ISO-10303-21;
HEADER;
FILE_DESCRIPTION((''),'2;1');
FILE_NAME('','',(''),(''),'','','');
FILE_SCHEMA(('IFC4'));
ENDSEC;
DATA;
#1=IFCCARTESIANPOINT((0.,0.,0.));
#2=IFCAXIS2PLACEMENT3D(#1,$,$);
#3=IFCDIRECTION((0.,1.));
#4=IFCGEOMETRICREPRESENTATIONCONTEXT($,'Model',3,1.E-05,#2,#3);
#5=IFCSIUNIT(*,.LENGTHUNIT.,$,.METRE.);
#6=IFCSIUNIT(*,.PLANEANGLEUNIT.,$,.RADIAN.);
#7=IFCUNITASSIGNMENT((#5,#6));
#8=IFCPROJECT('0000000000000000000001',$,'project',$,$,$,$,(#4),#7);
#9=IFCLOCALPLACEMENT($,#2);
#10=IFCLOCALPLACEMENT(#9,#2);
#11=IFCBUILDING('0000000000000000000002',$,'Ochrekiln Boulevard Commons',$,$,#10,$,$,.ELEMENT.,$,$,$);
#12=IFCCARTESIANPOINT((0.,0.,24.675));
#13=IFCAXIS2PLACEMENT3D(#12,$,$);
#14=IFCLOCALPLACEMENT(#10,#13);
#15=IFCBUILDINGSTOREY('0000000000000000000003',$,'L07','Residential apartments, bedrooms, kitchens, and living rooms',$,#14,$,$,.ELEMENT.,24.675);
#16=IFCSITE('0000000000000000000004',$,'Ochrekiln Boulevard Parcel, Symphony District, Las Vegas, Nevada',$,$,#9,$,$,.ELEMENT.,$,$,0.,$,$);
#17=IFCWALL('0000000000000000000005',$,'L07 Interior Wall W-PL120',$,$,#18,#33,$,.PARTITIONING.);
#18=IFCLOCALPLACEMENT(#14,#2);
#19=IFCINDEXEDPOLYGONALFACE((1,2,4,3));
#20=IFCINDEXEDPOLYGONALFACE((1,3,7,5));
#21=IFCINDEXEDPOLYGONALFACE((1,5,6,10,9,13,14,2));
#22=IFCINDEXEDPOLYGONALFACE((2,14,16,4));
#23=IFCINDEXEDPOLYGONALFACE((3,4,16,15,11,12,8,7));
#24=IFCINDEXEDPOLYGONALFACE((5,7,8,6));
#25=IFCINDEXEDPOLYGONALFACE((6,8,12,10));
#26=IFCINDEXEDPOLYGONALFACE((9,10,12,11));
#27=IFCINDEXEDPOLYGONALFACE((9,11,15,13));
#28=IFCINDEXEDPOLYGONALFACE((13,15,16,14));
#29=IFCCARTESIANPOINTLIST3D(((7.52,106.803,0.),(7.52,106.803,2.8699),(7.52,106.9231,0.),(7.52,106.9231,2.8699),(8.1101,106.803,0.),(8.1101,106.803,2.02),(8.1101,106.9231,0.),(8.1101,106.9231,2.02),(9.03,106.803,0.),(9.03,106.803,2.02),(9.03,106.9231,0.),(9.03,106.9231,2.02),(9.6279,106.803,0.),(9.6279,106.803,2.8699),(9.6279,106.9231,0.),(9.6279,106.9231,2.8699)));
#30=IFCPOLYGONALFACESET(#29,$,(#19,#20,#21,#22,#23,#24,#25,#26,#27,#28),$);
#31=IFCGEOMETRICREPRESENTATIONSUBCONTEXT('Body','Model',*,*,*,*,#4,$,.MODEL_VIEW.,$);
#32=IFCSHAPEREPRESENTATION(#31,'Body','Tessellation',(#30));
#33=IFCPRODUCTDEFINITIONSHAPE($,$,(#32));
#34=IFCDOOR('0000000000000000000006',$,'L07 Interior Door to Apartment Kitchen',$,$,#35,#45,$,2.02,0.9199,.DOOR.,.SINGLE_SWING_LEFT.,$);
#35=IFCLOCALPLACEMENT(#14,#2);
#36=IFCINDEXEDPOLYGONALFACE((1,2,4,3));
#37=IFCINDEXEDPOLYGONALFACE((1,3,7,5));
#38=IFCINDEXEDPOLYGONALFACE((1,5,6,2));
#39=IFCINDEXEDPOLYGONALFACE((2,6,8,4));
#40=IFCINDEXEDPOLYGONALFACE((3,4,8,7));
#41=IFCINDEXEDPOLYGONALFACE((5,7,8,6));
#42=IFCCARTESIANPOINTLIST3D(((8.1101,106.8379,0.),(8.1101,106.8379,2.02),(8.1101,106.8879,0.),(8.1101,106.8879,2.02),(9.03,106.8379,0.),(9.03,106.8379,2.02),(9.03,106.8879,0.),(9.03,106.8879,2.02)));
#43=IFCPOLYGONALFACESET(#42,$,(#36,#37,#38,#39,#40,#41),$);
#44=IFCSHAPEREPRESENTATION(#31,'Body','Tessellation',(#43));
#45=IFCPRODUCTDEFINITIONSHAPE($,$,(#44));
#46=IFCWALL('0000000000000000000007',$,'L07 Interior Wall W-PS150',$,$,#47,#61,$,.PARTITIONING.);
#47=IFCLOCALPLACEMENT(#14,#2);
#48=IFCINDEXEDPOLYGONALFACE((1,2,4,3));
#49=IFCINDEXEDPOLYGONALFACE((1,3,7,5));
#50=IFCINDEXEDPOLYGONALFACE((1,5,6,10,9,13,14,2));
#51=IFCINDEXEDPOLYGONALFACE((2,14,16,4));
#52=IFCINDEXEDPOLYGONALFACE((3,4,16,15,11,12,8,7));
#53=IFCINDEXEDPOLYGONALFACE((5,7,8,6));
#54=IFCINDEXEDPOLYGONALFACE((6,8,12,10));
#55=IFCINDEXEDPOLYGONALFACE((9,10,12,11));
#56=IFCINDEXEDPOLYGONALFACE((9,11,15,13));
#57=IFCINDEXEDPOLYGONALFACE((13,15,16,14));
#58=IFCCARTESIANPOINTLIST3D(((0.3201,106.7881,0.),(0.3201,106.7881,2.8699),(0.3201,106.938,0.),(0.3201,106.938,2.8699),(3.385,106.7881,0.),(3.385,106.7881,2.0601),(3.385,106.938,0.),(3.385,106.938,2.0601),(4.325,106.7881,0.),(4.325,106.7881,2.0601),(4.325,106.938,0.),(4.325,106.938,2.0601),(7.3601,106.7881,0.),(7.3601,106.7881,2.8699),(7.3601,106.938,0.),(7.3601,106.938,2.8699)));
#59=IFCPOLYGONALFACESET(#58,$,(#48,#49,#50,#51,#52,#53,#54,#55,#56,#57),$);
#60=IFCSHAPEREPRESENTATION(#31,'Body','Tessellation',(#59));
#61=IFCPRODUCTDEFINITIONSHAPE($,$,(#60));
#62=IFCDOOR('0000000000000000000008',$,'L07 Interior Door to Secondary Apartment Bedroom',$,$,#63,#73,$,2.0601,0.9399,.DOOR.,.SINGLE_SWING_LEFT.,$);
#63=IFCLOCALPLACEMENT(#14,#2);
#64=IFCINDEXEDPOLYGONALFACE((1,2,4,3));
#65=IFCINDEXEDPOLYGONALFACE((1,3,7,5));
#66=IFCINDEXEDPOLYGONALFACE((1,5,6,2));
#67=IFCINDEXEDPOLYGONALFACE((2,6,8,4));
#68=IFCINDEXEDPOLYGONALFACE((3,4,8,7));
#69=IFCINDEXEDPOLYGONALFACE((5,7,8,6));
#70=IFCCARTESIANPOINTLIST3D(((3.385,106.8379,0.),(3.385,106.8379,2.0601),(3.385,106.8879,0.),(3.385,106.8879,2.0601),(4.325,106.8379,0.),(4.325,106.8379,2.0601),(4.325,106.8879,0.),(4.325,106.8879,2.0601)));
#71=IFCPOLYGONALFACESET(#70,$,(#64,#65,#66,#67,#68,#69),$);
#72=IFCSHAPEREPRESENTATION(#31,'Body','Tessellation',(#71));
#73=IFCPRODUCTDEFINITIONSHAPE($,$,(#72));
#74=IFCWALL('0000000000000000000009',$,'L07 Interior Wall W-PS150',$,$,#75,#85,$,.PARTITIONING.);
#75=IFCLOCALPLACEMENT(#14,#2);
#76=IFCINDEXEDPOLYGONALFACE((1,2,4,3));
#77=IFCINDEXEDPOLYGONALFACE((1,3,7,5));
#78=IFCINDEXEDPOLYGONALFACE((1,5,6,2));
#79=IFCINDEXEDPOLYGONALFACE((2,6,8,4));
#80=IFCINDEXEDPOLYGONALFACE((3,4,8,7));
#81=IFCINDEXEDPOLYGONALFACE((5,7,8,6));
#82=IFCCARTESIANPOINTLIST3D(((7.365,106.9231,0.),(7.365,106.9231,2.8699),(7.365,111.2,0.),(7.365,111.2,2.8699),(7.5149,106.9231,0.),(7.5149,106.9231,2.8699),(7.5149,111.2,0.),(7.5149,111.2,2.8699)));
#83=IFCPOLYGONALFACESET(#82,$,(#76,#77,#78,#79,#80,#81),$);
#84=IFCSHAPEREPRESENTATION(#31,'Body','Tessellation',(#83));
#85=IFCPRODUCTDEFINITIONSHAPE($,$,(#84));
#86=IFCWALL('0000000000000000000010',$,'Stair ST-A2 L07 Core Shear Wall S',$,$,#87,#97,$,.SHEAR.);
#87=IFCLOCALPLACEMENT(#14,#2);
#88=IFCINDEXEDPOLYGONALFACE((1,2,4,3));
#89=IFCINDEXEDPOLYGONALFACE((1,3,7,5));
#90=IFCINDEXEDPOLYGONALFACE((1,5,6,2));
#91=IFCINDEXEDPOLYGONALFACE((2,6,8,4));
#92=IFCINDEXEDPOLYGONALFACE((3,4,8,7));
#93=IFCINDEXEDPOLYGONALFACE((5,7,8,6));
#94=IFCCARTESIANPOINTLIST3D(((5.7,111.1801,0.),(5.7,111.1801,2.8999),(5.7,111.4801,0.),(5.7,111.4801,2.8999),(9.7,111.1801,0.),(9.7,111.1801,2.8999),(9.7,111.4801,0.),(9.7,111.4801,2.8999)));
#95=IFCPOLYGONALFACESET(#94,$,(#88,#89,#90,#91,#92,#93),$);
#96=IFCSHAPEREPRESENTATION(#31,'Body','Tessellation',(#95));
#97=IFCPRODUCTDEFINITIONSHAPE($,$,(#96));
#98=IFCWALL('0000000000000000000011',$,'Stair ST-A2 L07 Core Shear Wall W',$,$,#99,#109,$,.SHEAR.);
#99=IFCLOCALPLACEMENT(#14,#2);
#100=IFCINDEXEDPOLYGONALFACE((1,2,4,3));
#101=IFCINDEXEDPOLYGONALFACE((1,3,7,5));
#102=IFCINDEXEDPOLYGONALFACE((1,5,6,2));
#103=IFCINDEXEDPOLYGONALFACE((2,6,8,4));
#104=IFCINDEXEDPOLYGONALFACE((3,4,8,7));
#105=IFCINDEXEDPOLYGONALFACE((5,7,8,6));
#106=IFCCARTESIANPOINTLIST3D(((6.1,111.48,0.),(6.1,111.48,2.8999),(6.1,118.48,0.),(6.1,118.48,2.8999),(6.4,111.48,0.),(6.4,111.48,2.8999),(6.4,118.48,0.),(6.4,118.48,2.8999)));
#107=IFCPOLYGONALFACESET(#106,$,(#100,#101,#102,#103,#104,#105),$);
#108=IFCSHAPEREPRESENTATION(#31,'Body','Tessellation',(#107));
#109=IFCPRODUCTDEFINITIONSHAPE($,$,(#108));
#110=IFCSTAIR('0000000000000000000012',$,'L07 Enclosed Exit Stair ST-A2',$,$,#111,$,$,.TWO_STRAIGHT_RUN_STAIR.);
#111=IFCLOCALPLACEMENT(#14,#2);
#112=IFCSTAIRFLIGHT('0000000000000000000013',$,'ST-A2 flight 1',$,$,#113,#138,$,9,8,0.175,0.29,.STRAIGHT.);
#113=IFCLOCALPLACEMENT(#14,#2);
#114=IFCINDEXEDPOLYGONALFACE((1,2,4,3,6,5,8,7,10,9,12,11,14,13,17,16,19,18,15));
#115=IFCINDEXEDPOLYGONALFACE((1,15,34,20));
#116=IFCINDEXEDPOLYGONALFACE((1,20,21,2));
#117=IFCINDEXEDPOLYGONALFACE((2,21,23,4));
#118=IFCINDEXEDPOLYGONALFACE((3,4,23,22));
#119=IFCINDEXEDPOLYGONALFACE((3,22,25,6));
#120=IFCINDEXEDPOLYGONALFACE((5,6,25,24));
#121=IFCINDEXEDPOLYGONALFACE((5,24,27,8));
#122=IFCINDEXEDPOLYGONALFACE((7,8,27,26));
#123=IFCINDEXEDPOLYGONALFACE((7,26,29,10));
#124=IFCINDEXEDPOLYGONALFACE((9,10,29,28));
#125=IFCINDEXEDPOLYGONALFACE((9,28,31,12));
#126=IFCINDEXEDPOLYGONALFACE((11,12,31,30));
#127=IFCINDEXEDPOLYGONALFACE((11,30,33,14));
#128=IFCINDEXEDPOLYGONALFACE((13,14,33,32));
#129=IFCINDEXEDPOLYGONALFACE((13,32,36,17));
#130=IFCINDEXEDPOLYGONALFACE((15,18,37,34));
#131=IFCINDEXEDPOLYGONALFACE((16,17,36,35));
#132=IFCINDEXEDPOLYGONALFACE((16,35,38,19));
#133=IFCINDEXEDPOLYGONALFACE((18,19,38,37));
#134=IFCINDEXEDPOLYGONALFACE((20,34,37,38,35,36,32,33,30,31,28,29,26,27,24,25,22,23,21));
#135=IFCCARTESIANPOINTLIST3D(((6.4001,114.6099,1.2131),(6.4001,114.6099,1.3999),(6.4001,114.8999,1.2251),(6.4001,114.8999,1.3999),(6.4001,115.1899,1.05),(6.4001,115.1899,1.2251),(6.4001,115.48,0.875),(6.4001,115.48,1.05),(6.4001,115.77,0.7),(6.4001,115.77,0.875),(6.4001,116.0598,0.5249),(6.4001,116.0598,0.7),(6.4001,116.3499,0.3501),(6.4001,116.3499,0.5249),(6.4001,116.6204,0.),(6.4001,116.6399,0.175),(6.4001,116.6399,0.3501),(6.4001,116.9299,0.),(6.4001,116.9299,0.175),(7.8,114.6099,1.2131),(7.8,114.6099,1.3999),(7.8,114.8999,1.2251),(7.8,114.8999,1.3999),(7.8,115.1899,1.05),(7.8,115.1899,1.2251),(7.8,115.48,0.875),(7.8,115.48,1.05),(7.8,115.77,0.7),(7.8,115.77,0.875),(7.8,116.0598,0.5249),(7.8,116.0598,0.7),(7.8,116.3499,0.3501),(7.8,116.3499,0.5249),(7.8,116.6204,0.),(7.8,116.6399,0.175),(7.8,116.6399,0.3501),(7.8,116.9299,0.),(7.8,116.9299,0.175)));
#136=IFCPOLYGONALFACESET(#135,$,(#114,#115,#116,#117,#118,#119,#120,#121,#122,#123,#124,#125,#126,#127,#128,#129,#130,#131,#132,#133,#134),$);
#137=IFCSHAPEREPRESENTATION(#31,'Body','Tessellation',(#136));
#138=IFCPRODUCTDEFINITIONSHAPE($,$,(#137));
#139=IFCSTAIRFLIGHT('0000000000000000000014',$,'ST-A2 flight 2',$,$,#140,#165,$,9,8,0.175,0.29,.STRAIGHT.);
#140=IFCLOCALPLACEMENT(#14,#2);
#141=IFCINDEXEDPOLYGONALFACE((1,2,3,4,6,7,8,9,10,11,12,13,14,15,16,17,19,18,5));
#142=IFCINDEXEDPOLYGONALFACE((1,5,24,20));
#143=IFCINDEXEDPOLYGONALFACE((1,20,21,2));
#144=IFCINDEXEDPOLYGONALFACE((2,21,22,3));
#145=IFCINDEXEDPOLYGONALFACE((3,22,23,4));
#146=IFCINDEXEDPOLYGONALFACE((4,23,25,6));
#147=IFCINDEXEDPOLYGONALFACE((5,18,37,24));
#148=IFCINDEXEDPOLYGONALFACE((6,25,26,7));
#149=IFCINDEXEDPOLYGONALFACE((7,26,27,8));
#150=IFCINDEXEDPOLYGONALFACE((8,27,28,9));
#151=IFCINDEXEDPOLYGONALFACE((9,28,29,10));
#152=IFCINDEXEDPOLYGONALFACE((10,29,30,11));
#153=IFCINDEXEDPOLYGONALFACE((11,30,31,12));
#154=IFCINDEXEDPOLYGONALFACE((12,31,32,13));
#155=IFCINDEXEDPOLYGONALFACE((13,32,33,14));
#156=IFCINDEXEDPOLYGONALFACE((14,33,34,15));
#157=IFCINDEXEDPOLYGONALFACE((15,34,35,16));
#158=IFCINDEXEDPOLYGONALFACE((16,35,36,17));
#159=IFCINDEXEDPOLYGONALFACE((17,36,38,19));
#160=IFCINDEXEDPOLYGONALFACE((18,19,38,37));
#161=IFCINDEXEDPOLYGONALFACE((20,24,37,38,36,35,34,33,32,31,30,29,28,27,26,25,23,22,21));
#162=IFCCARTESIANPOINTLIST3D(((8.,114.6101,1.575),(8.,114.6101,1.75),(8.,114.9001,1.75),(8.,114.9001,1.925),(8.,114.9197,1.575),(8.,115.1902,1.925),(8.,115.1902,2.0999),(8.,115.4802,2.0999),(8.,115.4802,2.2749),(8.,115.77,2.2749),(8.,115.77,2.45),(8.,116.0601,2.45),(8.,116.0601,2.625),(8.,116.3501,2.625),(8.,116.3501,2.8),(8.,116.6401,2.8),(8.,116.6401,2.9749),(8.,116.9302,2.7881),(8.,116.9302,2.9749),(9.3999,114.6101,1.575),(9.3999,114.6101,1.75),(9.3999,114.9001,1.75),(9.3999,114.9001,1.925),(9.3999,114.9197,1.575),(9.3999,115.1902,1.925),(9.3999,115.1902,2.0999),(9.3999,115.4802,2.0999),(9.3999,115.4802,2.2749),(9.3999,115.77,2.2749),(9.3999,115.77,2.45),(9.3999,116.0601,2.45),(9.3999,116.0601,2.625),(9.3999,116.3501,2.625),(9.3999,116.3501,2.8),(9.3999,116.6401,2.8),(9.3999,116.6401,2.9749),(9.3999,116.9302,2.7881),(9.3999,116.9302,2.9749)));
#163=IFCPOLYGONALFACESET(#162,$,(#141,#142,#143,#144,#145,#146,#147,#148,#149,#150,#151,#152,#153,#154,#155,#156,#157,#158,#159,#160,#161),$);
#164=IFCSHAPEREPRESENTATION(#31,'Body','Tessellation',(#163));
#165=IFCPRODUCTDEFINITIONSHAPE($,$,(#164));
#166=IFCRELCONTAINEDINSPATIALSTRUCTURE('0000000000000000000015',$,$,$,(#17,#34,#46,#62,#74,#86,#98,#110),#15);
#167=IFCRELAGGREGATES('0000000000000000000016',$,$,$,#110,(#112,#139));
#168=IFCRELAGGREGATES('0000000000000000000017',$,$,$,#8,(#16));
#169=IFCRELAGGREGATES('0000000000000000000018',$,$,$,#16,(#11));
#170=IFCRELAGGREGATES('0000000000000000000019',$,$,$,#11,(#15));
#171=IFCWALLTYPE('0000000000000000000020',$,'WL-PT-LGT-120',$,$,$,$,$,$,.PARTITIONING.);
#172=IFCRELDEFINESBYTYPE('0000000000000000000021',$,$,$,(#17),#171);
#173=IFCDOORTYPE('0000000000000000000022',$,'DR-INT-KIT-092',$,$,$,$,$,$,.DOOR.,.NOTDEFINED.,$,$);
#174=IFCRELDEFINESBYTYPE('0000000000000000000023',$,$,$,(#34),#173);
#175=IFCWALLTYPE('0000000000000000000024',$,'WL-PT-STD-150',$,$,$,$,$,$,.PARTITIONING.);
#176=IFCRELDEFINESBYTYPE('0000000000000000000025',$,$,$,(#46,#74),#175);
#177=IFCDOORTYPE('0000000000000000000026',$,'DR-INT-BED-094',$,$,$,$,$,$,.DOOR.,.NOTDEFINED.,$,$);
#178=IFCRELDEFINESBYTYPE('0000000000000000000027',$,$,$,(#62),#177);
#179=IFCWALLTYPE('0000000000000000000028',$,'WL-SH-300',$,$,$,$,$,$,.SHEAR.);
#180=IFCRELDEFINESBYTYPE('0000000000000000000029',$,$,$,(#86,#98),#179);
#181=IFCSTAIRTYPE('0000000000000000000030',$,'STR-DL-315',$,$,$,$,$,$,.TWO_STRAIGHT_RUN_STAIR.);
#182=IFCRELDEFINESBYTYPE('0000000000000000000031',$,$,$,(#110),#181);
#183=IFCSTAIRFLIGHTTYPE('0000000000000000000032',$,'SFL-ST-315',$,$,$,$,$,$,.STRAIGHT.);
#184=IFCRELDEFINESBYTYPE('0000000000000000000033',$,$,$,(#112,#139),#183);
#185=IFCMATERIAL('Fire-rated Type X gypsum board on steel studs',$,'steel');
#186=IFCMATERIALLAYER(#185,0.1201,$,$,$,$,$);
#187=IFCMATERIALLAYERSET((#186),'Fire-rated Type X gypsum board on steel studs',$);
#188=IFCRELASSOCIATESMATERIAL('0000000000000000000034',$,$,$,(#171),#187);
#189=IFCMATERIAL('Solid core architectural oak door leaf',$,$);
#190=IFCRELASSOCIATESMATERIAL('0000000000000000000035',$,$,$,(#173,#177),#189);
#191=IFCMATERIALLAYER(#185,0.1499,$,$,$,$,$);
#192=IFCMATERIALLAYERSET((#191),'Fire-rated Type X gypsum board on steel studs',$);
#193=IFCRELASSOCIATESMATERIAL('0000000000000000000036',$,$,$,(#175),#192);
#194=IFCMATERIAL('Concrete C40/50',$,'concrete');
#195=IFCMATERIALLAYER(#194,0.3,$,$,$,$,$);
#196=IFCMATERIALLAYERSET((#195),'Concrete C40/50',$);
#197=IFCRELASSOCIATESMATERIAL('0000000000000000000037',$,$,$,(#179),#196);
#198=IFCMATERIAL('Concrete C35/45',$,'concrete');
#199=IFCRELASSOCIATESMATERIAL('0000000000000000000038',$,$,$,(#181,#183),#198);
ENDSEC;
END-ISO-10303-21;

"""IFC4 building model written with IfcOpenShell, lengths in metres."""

from ifc_helpers import new_model, si_unit, direction, frame, frame_2d, origin, place, context, subcontext, project, spatial, polyline, rectangle, outline, extrude, material, layer, layer_set, type_object, element, fill, aggregate, save


model = new_model("IFC4")

# Units and contexts
model_context = context("Model", 3, precision=1e-05, world=origin(), true_north=direction((0.0, 1.0)))
body_context = subcontext(model_context, "Body", "Model", "MODEL_VIEW")
ifc_project = project(units=[si_unit("LENGTHUNIT", "METRE"), si_unit("PLANEANGLEUNIT", "RADIAN")], contexts=[model_context])

# Site, building, storey
site_placement = place(None, origin())
site = spatial("IfcSite", under=ifc_project, at=site_placement, Name="Ochrekiln Boulevard Parcel, Symphony District, Las Vegas, Nevada", CompositionType="ELEMENT", RefElevation=0.0)
building_placement = place(site_placement, origin())
building = spatial("IfcBuilding", under=site, at=building_placement, Name="Ochrekiln Boulevard Commons", CompositionType="ELEMENT")
storey_placement = place(building_placement, frame((0.0, 0.0, 24.675)))
storey = spatial("IfcBuildingStorey", under=building, at=storey_placement, Name="L07", Description="Residential apartments, bedrooms, kitchens, and living rooms", CompositionType="ELEMENT", Elevation=24.675)

# Shared definitions
ifc_material_1 = material(Name="Concrete C35/45", Category="concrete")
ifc_material_2 = material(Name="Concrete C40/50", Category="concrete")

# Walls, openings, doors
ifc_material_3 = material(Name="Fire-rated Type X gypsum board on steel studs", Category="steel")
ifc_layer_1 = layer(ifc_material_3, 0.1201)
ifc_layer_set_1 = layer_set([ifc_layer_1], Name="Fire-rated Type X gypsum board on steel studs")
wall_type_1 = type_object("IfcWallType", Name="WL-PT-LGT-120", PredefinedType="PARTITIONING", material=ifc_layer_set_1)
wall_1_placement = place(storey_placement, frame((7.52, 106.863, 0.0), z_axis=(0.0, 0.0, 1.0), x_axis=(1.0, 0.0, 0.0)))
wall_1 = element("IfcWall", 1, at=wall_1_placement, inside=storey, type_object=wall_type_1, Name="L07 Interior Wall W-PL120", PredefinedType="PARTITIONING", context=body_context, shape_type="SweptSolid", body=[
    extrude(rectangle(XDim=2.1079, YDim=0.1201, at=frame_2d((1.054, 0.0))), origin(), (0.0, 0.0, 1.0), 2.8699),
])
opening_1_placement = place(wall_1_placement, frame((0.5901, 0.0, 0.0)))
opening_1 = element("IfcOpeningElement", 2, at=opening_1_placement, cuts=wall_1, PredefinedType="OPENING", context=body_context, shape_type="SweptSolid", body=[
    extrude(rectangle(XDim=0.9199, YDim=2.02, at=frame_2d((0.46, 1.01))), frame((0.0, 0.0701, 0.0), z_axis=(0.0, -1.0, 0.0), x_axis=(1.0, 0.0, 0.0)), (0.0, 0.0, 1.0), 0.1401),
])
ifc_material_4 = material(Name="Solid core architectural oak door leaf")
door_type_1 = type_object("IfcDoorType", Name="DR-INT-KIT-092", OperationType="NOTDEFINED", PredefinedType="DOOR", material=ifc_material_4)
door_1_placement = place(opening_1_placement, origin())
door_1 = element("IfcDoor", 3, at=door_1_placement, inside=storey, type_object=door_type_1, Name="L07 Interior Door to Apartment Kitchen", OperationType="SINGLE_SWING_LEFT", OverallHeight=2.02, OverallWidth=0.9199, PredefinedType="DOOR", context=body_context, shape_type="SweptSolid", body=[
    extrude(rectangle(XDim=0.9199, YDim=2.02, at=frame_2d((0.46, 1.01))), frame((0.0, 0.0249, 0.0), z_axis=(0.0, -1.0, 0.0), x_axis=(1.0, 0.0, 0.0)), (0.0, 0.0, 1.0), 0.05),
])
fill(opening_1, door_1)
ifc_layer_2 = layer(ifc_material_3, 0.1499)
ifc_layer_set_2 = layer_set([ifc_layer_2], Name="Fire-rated Type X gypsum board on steel studs")
wall_type_2 = type_object("IfcWallType", Name="WL-PT-STD-150", PredefinedType="PARTITIONING", material=ifc_layer_set_2)
wall_2_placement = place(storey_placement, frame((0.3201, 106.863, 0.0), z_axis=(0.0, 0.0, 1.0), x_axis=(1.0, 0.0, 0.0)))
wall_2 = element("IfcWall", 4, at=wall_2_placement, inside=storey, type_object=wall_type_2, Name="L07 Interior Wall W-PS150", PredefinedType="PARTITIONING", context=body_context, shape_type="SweptSolid", body=[
    extrude(rectangle(XDim=7.04, YDim=0.1499, at=frame_2d((3.52, 0.0))), origin(), (0.0, 0.0, 1.0), 2.8699),
])
opening_2_placement = place(wall_2_placement, frame((3.0649, 0.0, 0.0)))
opening_2 = element("IfcOpeningElement", 5, at=opening_2_placement, cuts=wall_2, PredefinedType="OPENING", context=body_context, shape_type="SweptSolid", body=[
    extrude(rectangle(XDim=0.9399, YDim=2.0601, at=frame_2d((0.47, 1.03))), frame((0.0, 0.085, 0.0), z_axis=(0.0, -1.0, 0.0), x_axis=(1.0, 0.0, 0.0)), (0.0, 0.0, 1.0), 0.1699),
])
door_type_2 = type_object("IfcDoorType", Name="DR-INT-BED-094", OperationType="NOTDEFINED", PredefinedType="DOOR", material=ifc_material_4)
door_2_placement = place(opening_2_placement, origin())
door_2 = element("IfcDoor", 6, at=door_2_placement, inside=storey, type_object=door_type_2, Name="L07 Interior Door to Secondary Apartment Bedroom", OperationType="SINGLE_SWING_LEFT", OverallHeight=2.0601, OverallWidth=0.9399, PredefinedType="DOOR", context=body_context, shape_type="SweptSolid", body=[
    extrude(rectangle(XDim=0.9399, YDim=2.0601, at=frame_2d((0.47, 1.03))), frame((0.0, 0.0249, 0.0), z_axis=(0.0, -1.0, 0.0), x_axis=(1.0, 0.0, 0.0)), (0.0, 0.0, 1.0), 0.05),
])
fill(opening_2, door_2)

# Walls
wall_3_placement = place(storey_placement, frame((7.4399, 106.9231, 0.0), z_axis=(0.0, 0.0, 1.0), x_axis=(0.0, 1.0, 0.0)))
element("IfcWall", 7, at=wall_3_placement, inside=storey, type_object=wall_type_2, Name="L07 Interior Wall W-PS150", PredefinedType="PARTITIONING", context=body_context, shape_type="SweptSolid", body=[
    extrude(rectangle(XDim=4.2769, YDim=0.1499, at=frame_2d((2.1384, 0.0))), origin(), (0.0, 0.0, 1.0), 2.8699),
])
ifc_layer_3 = layer(ifc_material_2, 0.3)
ifc_layer_set_3 = layer_set([ifc_layer_3], Name="Concrete C40/50")
wall_type_3 = type_object("IfcWallType", Name="WL-SH-300", PredefinedType="SHEAR", material=ifc_layer_set_3)
wall_4_placement = place(storey_placement, frame((5.7, 111.3301, 0.0), z_axis=(0.0, 0.0, 1.0), x_axis=(1.0, 0.0, 0.0)))
element("IfcWall", 8, at=wall_4_placement, inside=storey, type_object=wall_type_3, Name="Stair ST-A2 L07 Core Shear Wall S", PredefinedType="SHEAR", context=body_context, shape_type="SweptSolid", body=[
    extrude(rectangle(XDim=4.0, YDim=0.3, at=frame_2d((2.0, 0.0))), origin(), (0.0, 0.0, 1.0), 2.8999),
])
wall_5_placement = place(storey_placement, frame((6.25, 111.48, 0.0), z_axis=(0.0, 0.0, 1.0), x_axis=(0.0, 1.0, 0.0)))
element("IfcWall", 9, at=wall_5_placement, inside=storey, type_object=wall_type_3, Name="Stair ST-A2 L07 Core Shear Wall W", PredefinedType="SHEAR", context=body_context, shape_type="SweptSolid", body=[
    extrude(rectangle(XDim=7.0, YDim=0.3, at=frame_2d((3.5, 0.0))), origin(), (0.0, 0.0, 1.0), 2.8999),
])

# Stair, stair flights
stair_type = type_object("IfcStairType", Name="STR-DL-315", PredefinedType="TWO_STRAIGHT_RUN_STAIR", material=ifc_material_1)
stair_placement = place(storey_placement, origin())
stair = element("IfcStair", 10, at=stair_placement, inside=storey, type_object=stair_type, Name="L07 Enclosed Exit Stair ST-A2", PredefinedType="TWO_STRAIGHT_RUN_STAIR")
stair_flight_type = type_object("IfcStairFlightType", Name="SFL-ST-315", PredefinedType="STRAIGHT", material=ifc_material_1)
stair_flight_1_placement = place(storey_placement, frame((7.1001, 116.9299, 0.0), z_axis=(0.0, 0.0, 1.0), x_axis=(0.0, -1.0, 0.0)))
stair_flight_1 = element("IfcStairFlight", 11, at=stair_flight_1_placement, type_object=stair_flight_type, Name="ST-A2 flight 1", NumberOfRisers=9, NumberOfTreads=8, PredefinedType="STRAIGHT", RiserHeight=0.175, TreadLength=0.29, context=body_context, shape_type="SweptSolid", body=[
    extrude(outline(polyline([(0.0, 0.0), (0.0, 0.175), (0.29, 0.175), (0.29, 0.3501), (0.5801, 0.3501), (0.5801, 0.5249), (0.8701, 0.5249), (0.8701, 0.7), (1.1599, 0.7), (1.1599, 0.875), (1.45, 0.875), (1.45, 1.05), (1.74, 1.05), (1.74, 1.2251), (2.03, 1.2251), (2.03, 1.3999), (2.3201, 1.3999), (2.3201, 1.575), (2.3201, 1.2131), (0.3096, 0.0), (0.0, 0.0)])), frame((0.0, 0.7, 0.0), z_axis=(0.0, -1.0, 0.0), x_axis=(1.0, 0.0, 0.0)), (0.0, 0.0, 1.0), 1.3999),
])
stair_flight_2_placement = place(storey_placement, frame((8.7, 114.6101, 1.575), z_axis=(0.0, 0.0, 1.0), x_axis=(0.0, 1.0, 0.0)))
stair_flight_2 = element("IfcStairFlight", 12, at=stair_flight_2_placement, type_object=stair_flight_type, Name="ST-A2 flight 2", NumberOfRisers=9, NumberOfTreads=8, PredefinedType="STRAIGHT", RiserHeight=0.175, TreadLength=0.29, context=body_context, shape_type="SweptSolid", body=[
    extrude(outline(polyline([(0.0, 0.0), (0.0, 0.175), (0.29, 0.175), (0.29, 0.3501), (0.5801, 0.3501), (0.5801, 0.5249), (0.8701, 0.5249), (0.8701, 0.7), (1.1599, 0.7), (1.1599, 0.875), (1.45, 0.875), (1.45, 1.05), (1.74, 1.05), (1.74, 1.2251), (2.03, 1.2251), (2.03, 1.3999), (2.3201, 1.3999), (2.3201, 1.575), (2.3201, 1.2131), (0.3096, 0.0), (0.0, 0.0)])), frame((0.0, 0.7, 0.0), z_axis=(0.0, -1.0, 0.0), x_axis=(1.0, 0.0, 0.0)), (0.0, 0.0, 1.0), 1.3999),
])
aggregate(stair, [stair_flight_1, stair_flight_2])

save(model, "model.ifc")
